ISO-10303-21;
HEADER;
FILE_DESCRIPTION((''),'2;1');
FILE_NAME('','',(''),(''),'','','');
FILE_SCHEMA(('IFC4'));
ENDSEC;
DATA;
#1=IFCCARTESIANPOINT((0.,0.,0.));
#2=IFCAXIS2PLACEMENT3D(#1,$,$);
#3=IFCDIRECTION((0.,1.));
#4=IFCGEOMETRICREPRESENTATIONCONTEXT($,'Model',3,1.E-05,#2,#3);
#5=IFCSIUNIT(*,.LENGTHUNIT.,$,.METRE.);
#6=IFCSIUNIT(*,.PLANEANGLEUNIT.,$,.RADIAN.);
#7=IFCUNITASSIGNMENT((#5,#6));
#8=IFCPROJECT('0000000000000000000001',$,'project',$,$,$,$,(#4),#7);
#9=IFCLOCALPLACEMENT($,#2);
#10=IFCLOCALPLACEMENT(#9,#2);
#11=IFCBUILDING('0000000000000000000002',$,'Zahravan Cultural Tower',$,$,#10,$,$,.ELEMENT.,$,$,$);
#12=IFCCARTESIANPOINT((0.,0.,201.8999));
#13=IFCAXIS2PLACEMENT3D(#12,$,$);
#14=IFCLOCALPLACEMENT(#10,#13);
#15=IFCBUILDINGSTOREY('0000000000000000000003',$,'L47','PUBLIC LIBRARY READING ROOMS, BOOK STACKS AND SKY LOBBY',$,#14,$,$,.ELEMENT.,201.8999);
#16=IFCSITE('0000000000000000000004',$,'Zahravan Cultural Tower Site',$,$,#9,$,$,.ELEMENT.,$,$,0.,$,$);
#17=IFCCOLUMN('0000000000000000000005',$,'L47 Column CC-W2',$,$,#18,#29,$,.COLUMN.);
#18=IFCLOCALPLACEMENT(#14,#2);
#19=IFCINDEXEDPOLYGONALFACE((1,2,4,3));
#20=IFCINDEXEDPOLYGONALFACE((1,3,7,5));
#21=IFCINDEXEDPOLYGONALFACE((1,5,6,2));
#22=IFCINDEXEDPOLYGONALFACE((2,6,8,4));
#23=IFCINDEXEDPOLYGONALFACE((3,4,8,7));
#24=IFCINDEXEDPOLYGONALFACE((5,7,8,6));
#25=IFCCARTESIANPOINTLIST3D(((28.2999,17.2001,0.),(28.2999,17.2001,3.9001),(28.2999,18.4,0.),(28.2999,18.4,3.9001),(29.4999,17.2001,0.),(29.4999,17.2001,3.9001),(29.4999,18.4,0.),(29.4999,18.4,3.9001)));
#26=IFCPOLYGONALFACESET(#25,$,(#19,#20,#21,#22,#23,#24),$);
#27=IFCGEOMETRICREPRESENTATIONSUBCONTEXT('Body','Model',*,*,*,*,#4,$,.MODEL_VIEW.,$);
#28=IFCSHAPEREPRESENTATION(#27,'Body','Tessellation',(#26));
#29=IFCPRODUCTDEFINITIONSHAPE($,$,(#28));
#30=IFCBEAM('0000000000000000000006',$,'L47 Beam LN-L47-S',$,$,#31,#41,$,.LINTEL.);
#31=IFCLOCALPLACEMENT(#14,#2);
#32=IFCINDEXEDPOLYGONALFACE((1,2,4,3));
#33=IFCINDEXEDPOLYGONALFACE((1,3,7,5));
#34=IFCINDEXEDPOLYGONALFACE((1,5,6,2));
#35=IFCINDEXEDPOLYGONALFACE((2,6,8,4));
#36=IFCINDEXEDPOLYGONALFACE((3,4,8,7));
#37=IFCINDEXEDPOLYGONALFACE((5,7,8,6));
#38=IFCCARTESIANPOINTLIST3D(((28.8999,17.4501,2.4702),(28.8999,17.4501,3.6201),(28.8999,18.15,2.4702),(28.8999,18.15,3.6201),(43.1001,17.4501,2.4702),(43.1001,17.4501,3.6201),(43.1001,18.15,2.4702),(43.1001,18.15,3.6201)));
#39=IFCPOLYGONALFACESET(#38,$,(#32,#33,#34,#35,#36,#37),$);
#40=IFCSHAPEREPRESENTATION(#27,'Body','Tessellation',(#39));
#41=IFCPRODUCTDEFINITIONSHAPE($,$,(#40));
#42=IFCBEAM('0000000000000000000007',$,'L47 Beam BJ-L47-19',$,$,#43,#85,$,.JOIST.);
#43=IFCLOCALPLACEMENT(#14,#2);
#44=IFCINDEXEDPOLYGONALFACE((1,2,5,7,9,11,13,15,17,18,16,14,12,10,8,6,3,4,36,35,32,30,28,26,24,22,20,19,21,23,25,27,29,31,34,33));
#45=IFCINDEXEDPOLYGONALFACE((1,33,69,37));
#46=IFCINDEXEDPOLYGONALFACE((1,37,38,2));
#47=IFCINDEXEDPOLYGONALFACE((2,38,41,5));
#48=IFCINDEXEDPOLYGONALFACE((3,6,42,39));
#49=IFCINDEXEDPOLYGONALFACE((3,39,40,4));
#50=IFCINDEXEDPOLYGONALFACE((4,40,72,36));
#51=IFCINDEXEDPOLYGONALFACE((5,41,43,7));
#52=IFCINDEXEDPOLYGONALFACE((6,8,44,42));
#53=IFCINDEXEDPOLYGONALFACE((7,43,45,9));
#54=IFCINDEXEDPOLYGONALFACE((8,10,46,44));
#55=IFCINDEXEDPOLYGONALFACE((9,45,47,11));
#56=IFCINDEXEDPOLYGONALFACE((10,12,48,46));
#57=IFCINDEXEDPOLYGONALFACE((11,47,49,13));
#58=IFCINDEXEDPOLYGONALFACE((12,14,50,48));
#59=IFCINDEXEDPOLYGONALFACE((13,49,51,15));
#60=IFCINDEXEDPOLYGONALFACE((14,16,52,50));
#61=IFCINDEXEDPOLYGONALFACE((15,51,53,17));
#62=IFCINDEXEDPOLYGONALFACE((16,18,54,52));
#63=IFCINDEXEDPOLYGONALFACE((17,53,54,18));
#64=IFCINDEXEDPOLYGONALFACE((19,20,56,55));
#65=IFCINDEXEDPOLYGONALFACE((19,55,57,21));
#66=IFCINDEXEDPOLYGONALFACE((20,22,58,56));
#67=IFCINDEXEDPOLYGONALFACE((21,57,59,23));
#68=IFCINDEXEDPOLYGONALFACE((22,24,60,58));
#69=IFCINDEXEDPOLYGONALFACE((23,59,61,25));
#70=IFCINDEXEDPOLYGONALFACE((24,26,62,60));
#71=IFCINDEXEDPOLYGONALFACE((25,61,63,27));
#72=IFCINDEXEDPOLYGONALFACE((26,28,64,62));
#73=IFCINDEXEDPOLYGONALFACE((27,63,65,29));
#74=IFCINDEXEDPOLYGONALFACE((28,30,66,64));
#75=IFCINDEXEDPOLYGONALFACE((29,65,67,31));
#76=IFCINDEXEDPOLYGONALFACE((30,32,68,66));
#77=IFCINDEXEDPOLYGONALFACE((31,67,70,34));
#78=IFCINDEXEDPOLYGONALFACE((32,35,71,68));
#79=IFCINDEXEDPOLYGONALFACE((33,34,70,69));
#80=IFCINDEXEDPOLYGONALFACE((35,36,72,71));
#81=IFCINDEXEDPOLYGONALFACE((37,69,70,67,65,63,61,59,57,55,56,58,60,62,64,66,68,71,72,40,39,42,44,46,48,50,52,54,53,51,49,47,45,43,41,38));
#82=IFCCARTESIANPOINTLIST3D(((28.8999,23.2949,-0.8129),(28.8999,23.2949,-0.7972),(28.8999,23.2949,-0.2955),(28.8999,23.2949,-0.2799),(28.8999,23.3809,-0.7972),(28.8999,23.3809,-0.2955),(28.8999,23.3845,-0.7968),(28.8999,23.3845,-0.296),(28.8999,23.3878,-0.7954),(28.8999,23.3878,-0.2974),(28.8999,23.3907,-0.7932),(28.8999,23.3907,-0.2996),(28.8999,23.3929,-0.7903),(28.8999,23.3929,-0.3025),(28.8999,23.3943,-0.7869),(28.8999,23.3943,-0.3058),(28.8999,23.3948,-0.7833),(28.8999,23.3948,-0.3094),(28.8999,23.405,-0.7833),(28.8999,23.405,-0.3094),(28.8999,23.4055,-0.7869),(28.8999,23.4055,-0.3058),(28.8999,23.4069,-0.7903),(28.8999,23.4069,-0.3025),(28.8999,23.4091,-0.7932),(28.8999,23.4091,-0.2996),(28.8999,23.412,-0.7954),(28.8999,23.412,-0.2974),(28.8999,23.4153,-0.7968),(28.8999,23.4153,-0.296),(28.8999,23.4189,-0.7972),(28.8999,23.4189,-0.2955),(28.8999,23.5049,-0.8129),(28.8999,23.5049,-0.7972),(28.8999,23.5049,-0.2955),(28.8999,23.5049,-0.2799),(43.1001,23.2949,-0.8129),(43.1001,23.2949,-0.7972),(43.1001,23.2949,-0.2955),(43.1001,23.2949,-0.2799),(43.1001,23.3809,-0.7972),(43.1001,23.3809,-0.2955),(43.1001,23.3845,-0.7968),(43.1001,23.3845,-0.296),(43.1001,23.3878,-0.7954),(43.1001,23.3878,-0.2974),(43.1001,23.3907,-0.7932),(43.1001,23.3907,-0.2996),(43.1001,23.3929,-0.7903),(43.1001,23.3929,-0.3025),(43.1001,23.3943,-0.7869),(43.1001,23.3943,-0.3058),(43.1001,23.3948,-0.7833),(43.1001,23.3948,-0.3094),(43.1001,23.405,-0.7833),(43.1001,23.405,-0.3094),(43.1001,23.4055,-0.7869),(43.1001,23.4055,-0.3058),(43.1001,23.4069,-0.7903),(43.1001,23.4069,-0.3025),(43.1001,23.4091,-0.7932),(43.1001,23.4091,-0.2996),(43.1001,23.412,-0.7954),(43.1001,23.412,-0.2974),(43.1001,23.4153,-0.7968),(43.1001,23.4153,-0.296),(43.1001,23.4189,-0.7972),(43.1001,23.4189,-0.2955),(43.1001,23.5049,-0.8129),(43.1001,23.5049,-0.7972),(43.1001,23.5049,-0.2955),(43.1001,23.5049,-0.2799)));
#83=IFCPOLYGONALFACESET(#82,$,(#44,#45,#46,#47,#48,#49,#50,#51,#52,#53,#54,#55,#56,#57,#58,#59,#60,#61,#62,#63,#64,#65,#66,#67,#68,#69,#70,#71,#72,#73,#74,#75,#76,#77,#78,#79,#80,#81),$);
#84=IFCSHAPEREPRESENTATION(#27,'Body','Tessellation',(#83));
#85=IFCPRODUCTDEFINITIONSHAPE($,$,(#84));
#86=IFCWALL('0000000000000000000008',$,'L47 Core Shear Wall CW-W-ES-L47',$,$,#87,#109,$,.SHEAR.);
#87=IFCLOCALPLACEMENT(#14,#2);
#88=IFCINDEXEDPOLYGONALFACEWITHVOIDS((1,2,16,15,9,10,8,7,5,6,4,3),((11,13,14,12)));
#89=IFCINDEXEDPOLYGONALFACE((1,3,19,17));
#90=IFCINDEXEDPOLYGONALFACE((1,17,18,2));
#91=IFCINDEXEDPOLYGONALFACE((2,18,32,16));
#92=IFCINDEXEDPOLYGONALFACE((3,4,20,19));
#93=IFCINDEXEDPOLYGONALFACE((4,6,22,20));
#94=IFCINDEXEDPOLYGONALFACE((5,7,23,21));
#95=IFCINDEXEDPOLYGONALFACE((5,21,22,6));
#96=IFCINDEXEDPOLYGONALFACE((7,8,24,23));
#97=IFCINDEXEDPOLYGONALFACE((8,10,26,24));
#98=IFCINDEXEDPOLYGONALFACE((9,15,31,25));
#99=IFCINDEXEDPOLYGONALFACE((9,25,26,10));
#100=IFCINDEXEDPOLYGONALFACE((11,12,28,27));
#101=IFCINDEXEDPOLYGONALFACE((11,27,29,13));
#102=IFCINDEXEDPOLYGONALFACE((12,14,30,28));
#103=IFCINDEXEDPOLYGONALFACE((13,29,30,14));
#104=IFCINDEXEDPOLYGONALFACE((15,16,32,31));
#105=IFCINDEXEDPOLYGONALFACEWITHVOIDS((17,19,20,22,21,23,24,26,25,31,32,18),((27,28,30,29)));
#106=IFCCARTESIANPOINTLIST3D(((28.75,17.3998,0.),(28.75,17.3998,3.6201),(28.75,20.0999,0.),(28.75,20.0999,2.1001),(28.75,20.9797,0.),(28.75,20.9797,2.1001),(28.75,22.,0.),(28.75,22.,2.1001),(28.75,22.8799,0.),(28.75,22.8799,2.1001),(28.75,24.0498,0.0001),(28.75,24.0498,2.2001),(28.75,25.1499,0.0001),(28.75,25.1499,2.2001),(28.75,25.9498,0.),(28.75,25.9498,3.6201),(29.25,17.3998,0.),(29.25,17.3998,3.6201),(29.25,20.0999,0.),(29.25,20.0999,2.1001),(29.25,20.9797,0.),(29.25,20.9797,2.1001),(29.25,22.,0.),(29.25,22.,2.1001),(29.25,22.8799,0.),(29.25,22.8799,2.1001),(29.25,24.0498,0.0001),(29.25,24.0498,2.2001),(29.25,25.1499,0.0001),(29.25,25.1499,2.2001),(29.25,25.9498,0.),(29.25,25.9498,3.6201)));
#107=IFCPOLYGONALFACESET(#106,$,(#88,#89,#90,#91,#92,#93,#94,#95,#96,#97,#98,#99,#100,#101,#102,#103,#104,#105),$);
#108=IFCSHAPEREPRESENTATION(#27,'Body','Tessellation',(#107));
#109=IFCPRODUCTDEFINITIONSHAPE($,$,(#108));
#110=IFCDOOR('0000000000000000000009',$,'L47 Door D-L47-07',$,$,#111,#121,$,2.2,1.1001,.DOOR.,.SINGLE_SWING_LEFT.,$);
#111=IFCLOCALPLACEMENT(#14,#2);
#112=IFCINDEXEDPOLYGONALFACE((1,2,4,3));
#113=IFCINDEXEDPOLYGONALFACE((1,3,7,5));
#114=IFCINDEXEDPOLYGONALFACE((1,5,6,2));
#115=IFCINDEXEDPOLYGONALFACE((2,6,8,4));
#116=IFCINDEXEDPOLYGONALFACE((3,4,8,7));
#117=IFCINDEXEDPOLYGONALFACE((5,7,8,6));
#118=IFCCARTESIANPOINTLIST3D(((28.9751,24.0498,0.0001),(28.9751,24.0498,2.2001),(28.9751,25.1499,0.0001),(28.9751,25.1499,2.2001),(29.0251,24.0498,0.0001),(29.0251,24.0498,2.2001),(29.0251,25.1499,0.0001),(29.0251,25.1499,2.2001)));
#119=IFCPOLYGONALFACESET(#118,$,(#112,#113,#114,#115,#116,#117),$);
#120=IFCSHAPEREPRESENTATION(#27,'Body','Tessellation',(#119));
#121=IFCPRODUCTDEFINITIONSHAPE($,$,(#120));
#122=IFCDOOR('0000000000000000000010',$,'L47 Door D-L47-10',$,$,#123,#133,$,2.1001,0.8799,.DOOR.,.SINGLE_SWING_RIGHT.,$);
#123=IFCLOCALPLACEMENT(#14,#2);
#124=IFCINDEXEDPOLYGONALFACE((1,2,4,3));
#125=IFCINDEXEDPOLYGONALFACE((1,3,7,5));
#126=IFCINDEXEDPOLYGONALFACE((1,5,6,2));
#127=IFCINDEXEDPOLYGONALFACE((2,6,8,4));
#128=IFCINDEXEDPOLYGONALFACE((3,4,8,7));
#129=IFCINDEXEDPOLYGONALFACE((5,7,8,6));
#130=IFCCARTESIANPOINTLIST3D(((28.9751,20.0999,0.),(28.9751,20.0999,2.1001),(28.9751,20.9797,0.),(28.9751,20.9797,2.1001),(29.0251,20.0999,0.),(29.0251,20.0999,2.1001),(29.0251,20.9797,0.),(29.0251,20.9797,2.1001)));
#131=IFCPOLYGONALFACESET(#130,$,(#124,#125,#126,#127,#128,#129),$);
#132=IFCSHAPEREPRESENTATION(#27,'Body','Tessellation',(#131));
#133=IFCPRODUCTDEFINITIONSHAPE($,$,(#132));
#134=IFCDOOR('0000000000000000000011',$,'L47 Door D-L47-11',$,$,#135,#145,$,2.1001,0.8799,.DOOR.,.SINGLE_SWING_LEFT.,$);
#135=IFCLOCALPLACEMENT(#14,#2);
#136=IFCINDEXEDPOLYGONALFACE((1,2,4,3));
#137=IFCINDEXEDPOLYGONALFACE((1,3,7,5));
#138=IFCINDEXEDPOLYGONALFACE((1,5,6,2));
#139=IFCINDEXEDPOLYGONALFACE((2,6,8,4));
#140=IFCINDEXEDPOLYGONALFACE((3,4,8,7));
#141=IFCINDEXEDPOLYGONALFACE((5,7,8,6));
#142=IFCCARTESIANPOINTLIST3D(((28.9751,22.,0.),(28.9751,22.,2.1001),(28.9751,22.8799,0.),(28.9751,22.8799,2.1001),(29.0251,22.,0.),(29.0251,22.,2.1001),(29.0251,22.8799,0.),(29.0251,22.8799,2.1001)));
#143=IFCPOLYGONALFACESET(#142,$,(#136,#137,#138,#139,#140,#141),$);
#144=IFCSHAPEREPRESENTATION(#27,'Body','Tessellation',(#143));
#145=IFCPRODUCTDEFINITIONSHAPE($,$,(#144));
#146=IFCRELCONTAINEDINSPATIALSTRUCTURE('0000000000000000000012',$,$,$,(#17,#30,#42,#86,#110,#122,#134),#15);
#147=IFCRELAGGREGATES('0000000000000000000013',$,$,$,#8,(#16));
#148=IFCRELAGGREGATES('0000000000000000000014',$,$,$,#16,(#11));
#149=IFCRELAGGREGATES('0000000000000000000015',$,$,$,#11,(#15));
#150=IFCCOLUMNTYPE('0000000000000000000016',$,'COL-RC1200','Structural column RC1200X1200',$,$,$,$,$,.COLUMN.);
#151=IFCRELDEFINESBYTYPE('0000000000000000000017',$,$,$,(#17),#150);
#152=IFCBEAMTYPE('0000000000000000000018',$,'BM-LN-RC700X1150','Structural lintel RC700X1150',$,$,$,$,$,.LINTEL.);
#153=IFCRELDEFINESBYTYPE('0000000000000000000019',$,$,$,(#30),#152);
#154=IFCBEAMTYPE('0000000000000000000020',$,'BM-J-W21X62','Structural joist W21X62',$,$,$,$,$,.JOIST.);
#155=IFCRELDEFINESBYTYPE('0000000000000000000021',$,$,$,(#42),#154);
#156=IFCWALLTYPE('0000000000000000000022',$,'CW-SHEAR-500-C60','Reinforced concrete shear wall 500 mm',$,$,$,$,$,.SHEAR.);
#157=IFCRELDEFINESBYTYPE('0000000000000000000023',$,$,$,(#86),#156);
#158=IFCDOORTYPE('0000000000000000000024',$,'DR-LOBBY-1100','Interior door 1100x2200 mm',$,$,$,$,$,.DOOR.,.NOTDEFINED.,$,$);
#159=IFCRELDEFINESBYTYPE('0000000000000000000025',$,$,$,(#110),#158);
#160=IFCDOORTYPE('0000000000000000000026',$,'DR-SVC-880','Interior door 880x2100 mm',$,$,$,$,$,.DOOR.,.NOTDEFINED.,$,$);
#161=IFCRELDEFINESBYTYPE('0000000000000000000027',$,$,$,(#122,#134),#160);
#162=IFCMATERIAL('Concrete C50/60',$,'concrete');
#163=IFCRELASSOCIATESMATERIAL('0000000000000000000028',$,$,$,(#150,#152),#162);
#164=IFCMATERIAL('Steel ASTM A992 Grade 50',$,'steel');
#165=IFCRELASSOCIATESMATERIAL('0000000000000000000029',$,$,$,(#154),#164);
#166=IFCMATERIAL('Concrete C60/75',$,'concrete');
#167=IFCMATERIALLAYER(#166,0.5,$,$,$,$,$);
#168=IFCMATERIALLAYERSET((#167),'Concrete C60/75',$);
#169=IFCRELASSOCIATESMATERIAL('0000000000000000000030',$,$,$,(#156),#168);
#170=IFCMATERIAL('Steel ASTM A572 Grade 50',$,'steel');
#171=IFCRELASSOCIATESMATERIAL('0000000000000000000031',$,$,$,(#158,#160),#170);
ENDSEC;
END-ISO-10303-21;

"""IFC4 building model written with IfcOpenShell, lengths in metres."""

from ifc_helpers import new_model, si_unit, direction, frame, frame_2d, origin, origin_2d, place, context, subcontext, project, spatial, rectangle, i_section, extrude, source, transform, mapped, material, layer, layer_set, material_profile, profile_set, type_object, element, fill, save


model = new_model("IFC4")

# Units and contexts
model_context = context("Model", 3, precision=1e-05, world=origin(), true_north=direction((0.0, 1.0)))
body_context = subcontext(model_context, "Body", "Model", "MODEL_VIEW")
ifc_project = project(units=[si_unit("LENGTHUNIT", "METRE"), si_unit("PLANEANGLEUNIT", "RADIAN")], contexts=[model_context])

# Site, building, storey
site_placement = place(None, origin())
site = spatial("IfcSite", under=ifc_project, at=site_placement, Name="Zahravan Cultural Tower Site", CompositionType="ELEMENT", RefElevation=0.0)
building_placement = place(site_placement, origin())
building = spatial("IfcBuilding", under=site, at=building_placement, Name="Zahravan Cultural Tower", CompositionType="ELEMENT")
storey_placement = place(building_placement, frame((0.0, 0.0, 201.8999)))
storey = spatial("IfcBuildingStorey", under=building, at=storey_placement, Name="L47", Description="PUBLIC LIBRARY READING ROOMS, BOOK STACKS AND SKY LOBBY", CompositionType="ELEMENT", Elevation=201.8999)

# Column
ifc_material_1 = material(Name="Concrete C50/60", Category="concrete")
ifc_material_profile_1 = material_profile(ifc_material_1, rectangle(XDim=1.2, YDim=1.2, at=origin_2d()), Name="RC1200X1200")
ifc_profile_set_1 = profile_set([ifc_material_profile_1], Name="Concrete C50/60")
column_type = type_object("IfcColumnType", Name="COL-RC1200", Description="Structural column RC1200X1200", PredefinedType="COLUMN", material=ifc_profile_set_1)
shared_shape_1 = source(origin(), body_context, "Body", "SweptSolid", [
    extrude(rectangle(XDim=1.2, YDim=1.2, at=origin_2d()), origin(), (0.0, 0.0, 1.0), 3.9001),
])
column_placement = place(storey_placement, frame((28.8999, 17.8, 0.0), z_axis=(0.0, 0.0, 1.0), x_axis=(1.0, 0.0, 0.0)))
element("IfcColumn", 1, at=column_placement, inside=storey, type_object=column_type, Name="L47 Column CC-W2", PredefinedType="COLUMN", context=body_context, shape_type="MappedRepresentation", body=[
    mapped(shared_shape_1, transform((0.0, 0.0, 0.0), x_axis=(1.0, 0.0, 0.0), y_axis=(0.0, 1.0, 0.0), z_axis=(0.0, 0.0, 1.0), scale=1.0)),
])

# Beams
ifc_material_profile_2 = material_profile(ifc_material_1, rectangle(XDim=0.7, YDim=1.1499, at=origin_2d()), Name="RC700X1150")
ifc_profile_set_2 = profile_set([ifc_material_profile_2], Name="Concrete C50/60")
beam_type_1 = type_object("IfcBeamType", Name="BM-LN-RC700X1150", Description="Structural lintel RC700X1150", PredefinedType="LINTEL", material=ifc_profile_set_2)
shared_shape_2 = source(origin(), body_context, "Body", "SweptSolid", [
    extrude(rectangle(XDim=0.7, YDim=1.1499, at=origin_2d()), origin(), (0.0, 0.0, 1.0), 14.2002),
])
beam_1_placement = place(storey_placement, frame((28.8999, 17.8, 3.0452), z_axis=(1.0, 0.0, 0.0), x_axis=(0.0, 1.0, 0.0)))
element("IfcBeam", 2, at=beam_1_placement, inside=storey, type_object=beam_type_1, Name="L47 Beam LN-L47-S", PredefinedType="LINTEL", context=body_context, shape_type="MappedRepresentation", body=[
    mapped(shared_shape_2, transform((0.0, 0.0, 0.0), x_axis=(1.0, 0.0, 0.0), y_axis=(0.0, 1.0, 0.0), z_axis=(0.0, 0.0, 1.0), scale=1.0)),
])
ifc_material_2 = material(Name="Steel ASTM A992 Grade 50", Category="steel")
ifc_material_profile_3 = material_profile(ifc_material_2, i_section(OverallWidth=0.21, OverallDepth=0.533, WebThickness=0.0103, FlangeThickness=0.0156, FilletRadius=0.0139, at=origin_2d()), Name="W21X62")
ifc_profile_set_3 = profile_set([ifc_material_profile_3], Name="Steel ASTM A992 Grade 50")
beam_type_2 = type_object("IfcBeamType", Name="BM-J-W21X62", Description="Structural joist W21X62", PredefinedType="JOIST", material=ifc_profile_set_3)
shared_shape_3 = source(origin(), body_context, "Body", "SweptSolid", [
    extrude(i_section(OverallWidth=0.21, OverallDepth=0.533, WebThickness=0.0103, FlangeThickness=0.0156, FilletRadius=0.0139, at=origin_2d()), origin(), (0.0, 0.0, 1.0), 14.2002),
])
beam_2_placement = place(storey_placement, frame((28.8999, 23.3999, -0.5464), z_axis=(1.0, 0.0, 0.0), x_axis=(0.0, 1.0, 0.0)))
element("IfcBeam", 3, at=beam_2_placement, inside=storey, type_object=beam_type_2, Name="L47 Beam BJ-L47-19", PredefinedType="JOIST", context=body_context, shape_type="MappedRepresentation", body=[
    mapped(shared_shape_3, transform((0.0, 0.0, 0.0), x_axis=(1.0, 0.0, 0.0), y_axis=(0.0, 1.0, 0.0), z_axis=(0.0, 0.0, 1.0), scale=1.0)),
])

# Wall, openings, doors
ifc_material_3 = material(Name="Concrete C60/75", Category="concrete")
ifc_layer_1 = layer(ifc_material_3, 0.5)
ifc_layer_set_1 = layer_set([ifc_layer_1], Name="Concrete C60/75")
wall_type_1 = type_object("IfcWallType", Name="CW-SHEAR-500-C60", Description="Reinforced concrete shear wall 500 mm", PredefinedType="SHEAR", material=ifc_layer_set_1)
wall_1_placement = place(storey_placement, frame((29.0, 17.3999, 0.0), z_axis=(0.0, 0.0, 1.0), x_axis=(0.0, 1.0, 0.0)))
wall_1 = element("IfcWall", 4, at=wall_1_placement, inside=storey, type_object=wall_type_1, Name="L47 Core Shear Wall CW-W-ES-L47", PredefinedType="SHEAR", context=body_context, shape_type="SweptSolid", body=[
    extrude(rectangle(XDim=8.55, YDim=0.5, at=frame_2d((4.2749, 0.0))), origin(), (0.0, 0.0, 1.0), 3.6201),
])
opening_1_placement = place(wall_1_placement, frame((6.6499, 0.0, 0.0)))
opening_1 = element("IfcOpeningElement", 5, at=opening_1_placement, cuts=wall_1, PredefinedType="OPENING", context=body_context, shape_type="SweptSolid", body=[
    extrude(rectangle(XDim=1.1001, YDim=2.2, at=frame_2d((0.55, 1.1001))), frame((0.0, 0.26, 0.0), z_axis=(0.0, -1.0, 0.0), x_axis=(1.0, 0.0, 0.0)), (0.0, 0.0, 1.0), 0.52),
])
opening_2_placement = place(wall_1_placement, frame((2.7, 0.0, 0.0)))
opening_2 = element("IfcOpeningElement", 6, at=opening_2_placement, cuts=wall_1, PredefinedType="OPENING", context=body_context, shape_type="SweptSolid", body=[
    extrude(rectangle(XDim=0.8799, YDim=2.1001, at=frame_2d((0.4399, 1.05))), frame((0.0, 0.26, 0.0), z_axis=(0.0, -1.0, 0.0), x_axis=(1.0, 0.0, 0.0)), (0.0, 0.0, 1.0), 0.52),
])
opening_3_placement = place(wall_1_placement, frame((4.6001, 0.0, 0.0)))
opening_3 = element("IfcOpeningElement", 7, at=opening_3_placement, cuts=wall_1, PredefinedType="OPENING", context=body_context, shape_type="SweptSolid", body=[
    extrude(rectangle(XDim=0.8799, YDim=2.1001, at=frame_2d((0.4399, 1.05))), frame((0.0, 0.26, 0.0), z_axis=(0.0, -1.0, 0.0), x_axis=(1.0, 0.0, 0.0)), (0.0, 0.0, 1.0), 0.52),
])
ifc_material_4 = material(Name="Steel ASTM A572 Grade 50", Category="steel")
door_type_1 = type_object("IfcDoorType", Name="DR-LOBBY-1100", Description="Interior door 1100x2200 mm", OperationType="NOTDEFINED", PredefinedType="DOOR", material=ifc_material_4)
shared_shape_4 = source(origin(), body_context, "Body", "SweptSolid", [
    extrude(rectangle(XDim=1.1001, YDim=2.2, at=frame_2d((0.55, 1.1001))), frame((0.0, 0.0249, 0.0), z_axis=(0.0, -1.0, 0.0), x_axis=(1.0, 0.0, 0.0)), (0.0, 0.0, 1.0), 0.05),
])
door_1_placement = place(opening_1_placement, origin())
door_1 = element("IfcDoor", 8, at=door_1_placement, inside=storey, type_object=door_type_1, Name="L47 Door D-L47-07", OperationType="SINGLE_SWING_LEFT", OverallHeight=2.2, OverallWidth=1.1001, PredefinedType="DOOR", context=body_context, shape_type="MappedRepresentation", body=[
    mapped(shared_shape_4, transform((0.0, 0.0, 0.0), x_axis=(1.0, 0.0, 0.0), y_axis=(0.0, 1.0, 0.0), z_axis=(0.0, 0.0, 1.0), scale=1.0)),
])
fill(opening_1, door_1)
door_type_2 = type_object("IfcDoorType", Name="DR-SVC-880", Description="Interior door 880x2100 mm", OperationType="NOTDEFINED", PredefinedType="DOOR", material=ifc_material_4)
shared_shape_5 = source(origin(), body_context, "Body", "SweptSolid", [
    extrude(rectangle(XDim=0.8799, YDim=2.1001, at=frame_2d((0.4399, 1.05))), frame((0.0, 0.0249, 0.0), z_axis=(0.0, -1.0, 0.0), x_axis=(1.0, 0.0, 0.0)), (0.0, 0.0, 1.0), 0.05),
])
door_2_placement = place(opening_2_placement, origin())
door_2 = element("IfcDoor", 9, at=door_2_placement, inside=storey, type_object=door_type_2, Name="L47 Door D-L47-10", OperationType="SINGLE_SWING_RIGHT", OverallHeight=2.1001, OverallWidth=0.8799, PredefinedType="DOOR", context=body_context, shape_type="MappedRepresentation", body=[
    mapped(shared_shape_5, transform((0.0, 0.0, 0.0), x_axis=(1.0, 0.0, 0.0), y_axis=(0.0, 1.0, 0.0), z_axis=(0.0, 0.0, 1.0), scale=1.0)),
])
fill(opening_2, door_2)
door_3_placement = place(opening_3_placement, origin())
door_3 = element("IfcDoor", 10, at=door_3_placement, inside=storey, type_object=door_type_2, Name="L47 Door D-L47-11", OperationType="SINGLE_SWING_LEFT", OverallHeight=2.1001, OverallWidth=0.8799, PredefinedType="DOOR", context=body_context, shape_type="MappedRepresentation", body=[
    mapped(shared_shape_5, transform((0.0, 0.0, 0.0), x_axis=(1.0, 0.0, 0.0), y_axis=(0.0, 1.0, 0.0), z_axis=(0.0, 0.0, 1.0), scale=1.0)),
])
fill(opening_3, door_3)

save(model, "model.ifc")
